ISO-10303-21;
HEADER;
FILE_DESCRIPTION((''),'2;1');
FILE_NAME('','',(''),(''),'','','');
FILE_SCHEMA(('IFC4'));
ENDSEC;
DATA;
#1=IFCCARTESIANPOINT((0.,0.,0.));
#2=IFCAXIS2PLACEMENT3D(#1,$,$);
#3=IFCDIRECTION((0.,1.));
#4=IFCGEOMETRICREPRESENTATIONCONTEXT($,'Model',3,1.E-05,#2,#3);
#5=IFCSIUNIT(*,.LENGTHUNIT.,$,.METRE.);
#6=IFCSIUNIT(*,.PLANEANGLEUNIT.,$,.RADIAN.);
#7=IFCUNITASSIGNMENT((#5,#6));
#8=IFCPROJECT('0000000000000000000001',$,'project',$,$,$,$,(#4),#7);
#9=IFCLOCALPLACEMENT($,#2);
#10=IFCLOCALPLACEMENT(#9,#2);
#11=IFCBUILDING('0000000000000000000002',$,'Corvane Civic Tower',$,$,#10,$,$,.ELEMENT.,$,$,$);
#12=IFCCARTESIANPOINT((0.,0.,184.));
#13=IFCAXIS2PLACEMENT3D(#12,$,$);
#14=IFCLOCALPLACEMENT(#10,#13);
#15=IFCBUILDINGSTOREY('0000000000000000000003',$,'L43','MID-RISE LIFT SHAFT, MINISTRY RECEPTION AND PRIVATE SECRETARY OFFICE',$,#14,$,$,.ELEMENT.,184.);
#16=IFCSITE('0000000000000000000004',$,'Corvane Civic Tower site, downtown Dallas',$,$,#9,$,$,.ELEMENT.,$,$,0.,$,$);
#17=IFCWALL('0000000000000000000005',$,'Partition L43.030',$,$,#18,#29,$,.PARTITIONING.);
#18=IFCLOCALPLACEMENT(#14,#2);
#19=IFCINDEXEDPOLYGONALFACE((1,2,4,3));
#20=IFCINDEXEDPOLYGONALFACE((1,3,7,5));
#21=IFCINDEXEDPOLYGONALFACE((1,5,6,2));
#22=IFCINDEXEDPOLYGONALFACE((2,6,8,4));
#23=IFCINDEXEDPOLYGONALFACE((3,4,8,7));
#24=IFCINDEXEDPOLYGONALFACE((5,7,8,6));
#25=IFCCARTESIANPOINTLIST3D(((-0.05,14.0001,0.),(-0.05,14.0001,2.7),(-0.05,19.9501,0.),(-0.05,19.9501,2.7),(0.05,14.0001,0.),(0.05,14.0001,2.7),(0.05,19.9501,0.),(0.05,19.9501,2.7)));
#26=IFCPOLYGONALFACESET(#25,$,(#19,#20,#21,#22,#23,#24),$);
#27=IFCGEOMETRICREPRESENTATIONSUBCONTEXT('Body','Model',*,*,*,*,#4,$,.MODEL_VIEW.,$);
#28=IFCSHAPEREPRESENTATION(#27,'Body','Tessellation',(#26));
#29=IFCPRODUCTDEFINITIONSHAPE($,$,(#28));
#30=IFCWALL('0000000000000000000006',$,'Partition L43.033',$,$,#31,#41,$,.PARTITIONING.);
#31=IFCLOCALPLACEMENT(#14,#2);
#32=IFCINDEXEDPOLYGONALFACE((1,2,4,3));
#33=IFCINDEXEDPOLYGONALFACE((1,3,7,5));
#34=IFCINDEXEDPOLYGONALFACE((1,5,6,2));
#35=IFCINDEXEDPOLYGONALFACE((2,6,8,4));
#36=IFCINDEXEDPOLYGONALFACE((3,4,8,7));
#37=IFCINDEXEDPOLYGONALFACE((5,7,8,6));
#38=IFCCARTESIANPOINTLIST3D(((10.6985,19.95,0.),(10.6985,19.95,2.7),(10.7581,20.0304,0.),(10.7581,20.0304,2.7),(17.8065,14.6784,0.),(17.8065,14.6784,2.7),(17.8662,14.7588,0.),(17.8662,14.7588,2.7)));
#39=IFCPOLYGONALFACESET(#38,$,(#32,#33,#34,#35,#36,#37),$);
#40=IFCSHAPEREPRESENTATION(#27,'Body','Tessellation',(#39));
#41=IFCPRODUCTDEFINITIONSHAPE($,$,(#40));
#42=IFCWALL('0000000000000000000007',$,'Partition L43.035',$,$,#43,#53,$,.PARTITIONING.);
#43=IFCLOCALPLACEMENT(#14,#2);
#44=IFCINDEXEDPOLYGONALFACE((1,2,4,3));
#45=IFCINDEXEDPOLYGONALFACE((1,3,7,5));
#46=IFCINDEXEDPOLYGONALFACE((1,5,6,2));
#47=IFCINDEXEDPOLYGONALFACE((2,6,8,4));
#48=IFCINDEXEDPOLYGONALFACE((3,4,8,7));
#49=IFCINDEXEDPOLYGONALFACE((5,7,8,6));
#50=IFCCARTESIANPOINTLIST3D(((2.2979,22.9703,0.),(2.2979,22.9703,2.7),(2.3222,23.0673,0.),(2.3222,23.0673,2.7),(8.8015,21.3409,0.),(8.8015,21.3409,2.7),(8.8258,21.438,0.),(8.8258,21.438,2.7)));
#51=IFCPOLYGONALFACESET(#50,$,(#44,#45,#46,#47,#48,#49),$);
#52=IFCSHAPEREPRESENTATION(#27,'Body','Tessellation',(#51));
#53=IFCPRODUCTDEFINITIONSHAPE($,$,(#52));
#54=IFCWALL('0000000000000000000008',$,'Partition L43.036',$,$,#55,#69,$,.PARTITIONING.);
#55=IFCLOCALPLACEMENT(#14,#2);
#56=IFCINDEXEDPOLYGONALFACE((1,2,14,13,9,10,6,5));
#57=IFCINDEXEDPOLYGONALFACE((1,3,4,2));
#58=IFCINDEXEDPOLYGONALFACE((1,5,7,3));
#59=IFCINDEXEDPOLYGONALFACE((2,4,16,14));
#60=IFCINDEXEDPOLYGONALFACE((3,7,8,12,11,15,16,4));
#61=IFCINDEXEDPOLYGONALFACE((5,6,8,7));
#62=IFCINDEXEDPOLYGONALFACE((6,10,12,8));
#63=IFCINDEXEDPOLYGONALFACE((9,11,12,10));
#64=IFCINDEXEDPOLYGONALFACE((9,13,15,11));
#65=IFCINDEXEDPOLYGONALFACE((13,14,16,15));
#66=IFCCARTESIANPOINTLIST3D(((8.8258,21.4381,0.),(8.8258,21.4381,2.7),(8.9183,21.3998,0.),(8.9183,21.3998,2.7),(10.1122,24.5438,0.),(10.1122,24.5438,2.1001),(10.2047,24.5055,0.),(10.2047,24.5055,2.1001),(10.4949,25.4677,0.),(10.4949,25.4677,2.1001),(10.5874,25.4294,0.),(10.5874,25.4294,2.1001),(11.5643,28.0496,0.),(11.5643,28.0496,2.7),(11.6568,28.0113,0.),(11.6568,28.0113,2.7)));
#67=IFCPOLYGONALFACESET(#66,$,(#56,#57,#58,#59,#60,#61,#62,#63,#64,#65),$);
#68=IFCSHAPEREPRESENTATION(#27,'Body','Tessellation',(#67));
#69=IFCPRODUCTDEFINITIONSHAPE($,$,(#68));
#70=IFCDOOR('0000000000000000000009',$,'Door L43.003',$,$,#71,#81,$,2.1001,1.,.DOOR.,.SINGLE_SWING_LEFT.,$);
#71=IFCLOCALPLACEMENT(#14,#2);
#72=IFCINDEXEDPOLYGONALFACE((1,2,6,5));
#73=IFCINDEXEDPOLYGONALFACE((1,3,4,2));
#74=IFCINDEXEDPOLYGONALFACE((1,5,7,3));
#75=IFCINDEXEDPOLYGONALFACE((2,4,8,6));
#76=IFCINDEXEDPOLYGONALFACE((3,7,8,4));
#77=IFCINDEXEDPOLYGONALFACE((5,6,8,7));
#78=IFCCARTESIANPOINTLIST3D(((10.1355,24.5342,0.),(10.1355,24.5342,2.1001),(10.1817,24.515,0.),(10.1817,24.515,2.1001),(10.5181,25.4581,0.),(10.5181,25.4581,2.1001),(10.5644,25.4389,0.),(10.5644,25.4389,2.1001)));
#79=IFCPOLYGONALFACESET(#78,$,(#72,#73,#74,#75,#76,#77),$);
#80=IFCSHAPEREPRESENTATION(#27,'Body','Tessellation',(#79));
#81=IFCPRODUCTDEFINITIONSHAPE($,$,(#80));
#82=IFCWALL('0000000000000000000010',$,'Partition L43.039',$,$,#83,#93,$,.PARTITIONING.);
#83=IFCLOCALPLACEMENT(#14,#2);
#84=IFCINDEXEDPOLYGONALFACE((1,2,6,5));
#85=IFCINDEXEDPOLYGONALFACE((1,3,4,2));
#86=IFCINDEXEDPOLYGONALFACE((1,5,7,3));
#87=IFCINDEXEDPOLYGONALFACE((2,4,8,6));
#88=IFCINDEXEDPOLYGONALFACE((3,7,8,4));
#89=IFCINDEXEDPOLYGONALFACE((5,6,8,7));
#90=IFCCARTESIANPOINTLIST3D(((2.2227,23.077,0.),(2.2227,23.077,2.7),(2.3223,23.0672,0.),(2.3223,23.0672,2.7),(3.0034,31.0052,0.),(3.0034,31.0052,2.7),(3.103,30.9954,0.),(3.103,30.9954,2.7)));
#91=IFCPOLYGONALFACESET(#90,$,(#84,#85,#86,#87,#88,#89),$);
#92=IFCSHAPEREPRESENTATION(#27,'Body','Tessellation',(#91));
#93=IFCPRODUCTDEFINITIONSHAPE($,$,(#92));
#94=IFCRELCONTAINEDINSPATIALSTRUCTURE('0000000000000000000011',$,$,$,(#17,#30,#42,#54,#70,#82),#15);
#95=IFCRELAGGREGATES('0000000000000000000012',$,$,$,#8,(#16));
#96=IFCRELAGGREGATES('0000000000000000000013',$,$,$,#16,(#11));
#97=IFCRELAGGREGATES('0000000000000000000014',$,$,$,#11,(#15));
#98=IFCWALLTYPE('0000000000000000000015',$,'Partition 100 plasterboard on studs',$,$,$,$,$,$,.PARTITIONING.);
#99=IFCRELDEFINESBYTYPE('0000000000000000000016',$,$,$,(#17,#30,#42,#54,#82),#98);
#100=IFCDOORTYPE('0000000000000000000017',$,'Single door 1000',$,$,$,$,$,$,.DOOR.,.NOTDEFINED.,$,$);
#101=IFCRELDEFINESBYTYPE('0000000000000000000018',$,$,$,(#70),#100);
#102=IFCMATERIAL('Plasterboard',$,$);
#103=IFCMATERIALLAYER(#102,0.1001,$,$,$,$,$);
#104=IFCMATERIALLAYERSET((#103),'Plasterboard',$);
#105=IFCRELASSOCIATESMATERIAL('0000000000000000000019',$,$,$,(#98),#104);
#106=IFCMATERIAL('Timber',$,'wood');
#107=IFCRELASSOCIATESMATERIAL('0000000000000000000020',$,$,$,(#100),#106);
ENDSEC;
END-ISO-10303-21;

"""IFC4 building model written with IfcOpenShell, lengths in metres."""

from ifc_helpers import new_model, si_unit, direction, frame, frame_2d, origin, place, context, subcontext, project, spatial, rectangle, extrude, material, layer, layer_set, type_object, element, fill, save


model = new_model("IFC4")

# Units and contexts
model_context = context("Model", 3, precision=1e-05, world=origin(), true_north=direction((0.0, 1.0)))
body_context = subcontext(model_context, "Body", "Model", "MODEL_VIEW")
ifc_project = project(units=[si_unit("LENGTHUNIT", "METRE"), si_unit("PLANEANGLEUNIT", "RADIAN")], contexts=[model_context])

# Site, building, storey
site_placement = place(None, origin())
site = spatial("IfcSite", under=ifc_project, at=site_placement, Name="Corvane Civic Tower site, downtown Dallas", CompositionType="ELEMENT", RefElevation=0.0)
building_placement = place(site_placement, origin())
building = spatial("IfcBuilding", under=site, at=building_placement, Name="Corvane Civic Tower", CompositionType="ELEMENT")
storey_placement = place(building_placement, frame((0.0, 0.0, 184.0)))
storey = spatial("IfcBuildingStorey", under=building, at=storey_placement, Name="L43", Description="MID-RISE LIFT SHAFT, MINISTRY RECEPTION AND PRIVATE SECRETARY OFFICE", CompositionType="ELEMENT", Elevation=184.0)

# Walls
ifc_material_1 = material(Name="Plasterboard")
ifc_layer_1 = layer(ifc_material_1, 0.1001)
ifc_layer_set_1 = layer_set([ifc_layer_1], Name="Plasterboard")
wall_type = type_object("IfcWallType", Name="Partition 100 plasterboard on studs", PredefinedType="PARTITIONING", material=ifc_layer_set_1)
wall_1_placement = place(storey_placement, frame((0.0, 14.0, 0.0), z_axis=(0.0, 0.0, 1.0), x_axis=(0.0, 1.0, 0.0)))
element("IfcWall", 1, at=wall_1_placement, inside=storey, type_object=wall_type, Name="Partition L43.030", PredefinedType="PARTITIONING", context=body_context, shape_type="SweptSolid", body=[
    extrude(rectangle(XDim=5.95, YDim=0.1001, at=frame_2d((2.9751, 0.0))), origin(), (0.0, 0.0, 1.0), 2.7),
])
wall_2_placement = place(storey_placement, frame((10.7283, 19.9902, 0.0), z_axis=(0.0, 0.0, 1.0), x_axis=(0.80321, -0.595697, 0.0)))
element("IfcWall", 2, at=wall_2_placement, inside=storey, type_object=wall_type, Name="Partition L43.033", PredefinedType="PARTITIONING", context=body_context, shape_type="SweptSolid", body=[
    extrude(rectangle(XDim=8.8496, YDim=0.1001, at=frame_2d((4.4248, 0.0))), origin(), (0.0, 0.0, 1.0), 2.7),
])
wall_3_placement = place(storey_placement, frame((2.3101, 23.0188, 0.0), z_axis=(0.0, 0.0, 1.0), x_axis=(0.97002, -0.243024, 0.0)))
element("IfcWall", 3, at=wall_3_placement, inside=storey, type_object=wall_type, Name="Partition L43.035", PredefinedType="PARTITIONING", context=body_context, shape_type="SweptSolid", body=[
    extrude(rectangle(XDim=6.7046, YDim=0.1001, at=frame_2d((3.3523, 0.0))), origin(), (0.0, 0.0, 1.0), 2.7),
])

# Wall, opening, door
wall_4_placement = place(storey_placement, frame((8.8721, 21.4189, 0.0), z_axis=(0.0, 0.0, 1.0), x_axis=(0.382674, 0.923883, 0.0)))
wall_4 = element("IfcWall", 4, at=wall_4_placement, inside=storey, type_object=wall_type, Name="Partition L43.036", PredefinedType="PARTITIONING", context=body_context, shape_type="SweptSolid", body=[
    extrude(rectangle(XDim=7.1562, YDim=0.1001, at=frame_2d((3.5781, 0.0))), origin(), (0.0, 0.0, 1.0), 2.7),
])
opening_placement = place(wall_4_placement, frame((3.3616, 0.0, 0.0)))
opening = element("IfcOpeningElement", 5, at=opening_placement, cuts=wall_4, PredefinedType="OPENING", context=body_context, shape_type="SweptSolid", body=[
    extrude(rectangle(XDim=1.0, YDim=2.1001, at=frame_2d((0.5, 1.05))), frame((0.0, 0.0601, 0.0), z_axis=(0.0, -1.0, 0.0), x_axis=(1.0, 0.0, 0.0)), (0.0, 0.0, 1.0), 0.1201),
])
ifc_material_2 = material(Name="Timber", Category="wood")
door_type = type_object("IfcDoorType", Name="Single door 1000", OperationType="NOTDEFINED", PredefinedType="DOOR", material=ifc_material_2)
door_placement = place(opening_placement, origin())
door = element("IfcDoor", 6, at=door_placement, inside=storey, type_object=door_type, Name="Door L43.003", OperationType="SINGLE_SWING_LEFT", OverallHeight=2.1001, OverallWidth=1.0, PredefinedType="DOOR", context=body_context, shape_type="SweptSolid", body=[
    extrude(rectangle(XDim=1.0, YDim=2.1001, at=frame_2d((0.5, 1.05))), frame((0.0, 0.0249, 0.0), z_axis=(0.0, -1.0, 0.0), x_axis=(1.0, 0.0, 0.0)), (0.0, 0.0, 1.0), 0.05),
])
fill(opening, door)

# Wall
wall_5_placement = place(storey_placement, frame((2.2725, 23.072, 0.0), z_axis=(0.0, 0.0, 1.0), x_axis=(0.098005, 0.995186, 0.0)))
element("IfcWall", 7, at=wall_5_placement, inside=storey, type_object=wall_type, Name="Partition L43.039", PredefinedType="PARTITIONING", context=body_context, shape_type="SweptSolid", body=[
    extrude(rectangle(XDim=7.9666, YDim=0.1001, at=frame_2d((3.9834, 0.0))), origin(), (0.0, 0.0, 1.0), 2.7),
])

save(model, "model.ifc")
